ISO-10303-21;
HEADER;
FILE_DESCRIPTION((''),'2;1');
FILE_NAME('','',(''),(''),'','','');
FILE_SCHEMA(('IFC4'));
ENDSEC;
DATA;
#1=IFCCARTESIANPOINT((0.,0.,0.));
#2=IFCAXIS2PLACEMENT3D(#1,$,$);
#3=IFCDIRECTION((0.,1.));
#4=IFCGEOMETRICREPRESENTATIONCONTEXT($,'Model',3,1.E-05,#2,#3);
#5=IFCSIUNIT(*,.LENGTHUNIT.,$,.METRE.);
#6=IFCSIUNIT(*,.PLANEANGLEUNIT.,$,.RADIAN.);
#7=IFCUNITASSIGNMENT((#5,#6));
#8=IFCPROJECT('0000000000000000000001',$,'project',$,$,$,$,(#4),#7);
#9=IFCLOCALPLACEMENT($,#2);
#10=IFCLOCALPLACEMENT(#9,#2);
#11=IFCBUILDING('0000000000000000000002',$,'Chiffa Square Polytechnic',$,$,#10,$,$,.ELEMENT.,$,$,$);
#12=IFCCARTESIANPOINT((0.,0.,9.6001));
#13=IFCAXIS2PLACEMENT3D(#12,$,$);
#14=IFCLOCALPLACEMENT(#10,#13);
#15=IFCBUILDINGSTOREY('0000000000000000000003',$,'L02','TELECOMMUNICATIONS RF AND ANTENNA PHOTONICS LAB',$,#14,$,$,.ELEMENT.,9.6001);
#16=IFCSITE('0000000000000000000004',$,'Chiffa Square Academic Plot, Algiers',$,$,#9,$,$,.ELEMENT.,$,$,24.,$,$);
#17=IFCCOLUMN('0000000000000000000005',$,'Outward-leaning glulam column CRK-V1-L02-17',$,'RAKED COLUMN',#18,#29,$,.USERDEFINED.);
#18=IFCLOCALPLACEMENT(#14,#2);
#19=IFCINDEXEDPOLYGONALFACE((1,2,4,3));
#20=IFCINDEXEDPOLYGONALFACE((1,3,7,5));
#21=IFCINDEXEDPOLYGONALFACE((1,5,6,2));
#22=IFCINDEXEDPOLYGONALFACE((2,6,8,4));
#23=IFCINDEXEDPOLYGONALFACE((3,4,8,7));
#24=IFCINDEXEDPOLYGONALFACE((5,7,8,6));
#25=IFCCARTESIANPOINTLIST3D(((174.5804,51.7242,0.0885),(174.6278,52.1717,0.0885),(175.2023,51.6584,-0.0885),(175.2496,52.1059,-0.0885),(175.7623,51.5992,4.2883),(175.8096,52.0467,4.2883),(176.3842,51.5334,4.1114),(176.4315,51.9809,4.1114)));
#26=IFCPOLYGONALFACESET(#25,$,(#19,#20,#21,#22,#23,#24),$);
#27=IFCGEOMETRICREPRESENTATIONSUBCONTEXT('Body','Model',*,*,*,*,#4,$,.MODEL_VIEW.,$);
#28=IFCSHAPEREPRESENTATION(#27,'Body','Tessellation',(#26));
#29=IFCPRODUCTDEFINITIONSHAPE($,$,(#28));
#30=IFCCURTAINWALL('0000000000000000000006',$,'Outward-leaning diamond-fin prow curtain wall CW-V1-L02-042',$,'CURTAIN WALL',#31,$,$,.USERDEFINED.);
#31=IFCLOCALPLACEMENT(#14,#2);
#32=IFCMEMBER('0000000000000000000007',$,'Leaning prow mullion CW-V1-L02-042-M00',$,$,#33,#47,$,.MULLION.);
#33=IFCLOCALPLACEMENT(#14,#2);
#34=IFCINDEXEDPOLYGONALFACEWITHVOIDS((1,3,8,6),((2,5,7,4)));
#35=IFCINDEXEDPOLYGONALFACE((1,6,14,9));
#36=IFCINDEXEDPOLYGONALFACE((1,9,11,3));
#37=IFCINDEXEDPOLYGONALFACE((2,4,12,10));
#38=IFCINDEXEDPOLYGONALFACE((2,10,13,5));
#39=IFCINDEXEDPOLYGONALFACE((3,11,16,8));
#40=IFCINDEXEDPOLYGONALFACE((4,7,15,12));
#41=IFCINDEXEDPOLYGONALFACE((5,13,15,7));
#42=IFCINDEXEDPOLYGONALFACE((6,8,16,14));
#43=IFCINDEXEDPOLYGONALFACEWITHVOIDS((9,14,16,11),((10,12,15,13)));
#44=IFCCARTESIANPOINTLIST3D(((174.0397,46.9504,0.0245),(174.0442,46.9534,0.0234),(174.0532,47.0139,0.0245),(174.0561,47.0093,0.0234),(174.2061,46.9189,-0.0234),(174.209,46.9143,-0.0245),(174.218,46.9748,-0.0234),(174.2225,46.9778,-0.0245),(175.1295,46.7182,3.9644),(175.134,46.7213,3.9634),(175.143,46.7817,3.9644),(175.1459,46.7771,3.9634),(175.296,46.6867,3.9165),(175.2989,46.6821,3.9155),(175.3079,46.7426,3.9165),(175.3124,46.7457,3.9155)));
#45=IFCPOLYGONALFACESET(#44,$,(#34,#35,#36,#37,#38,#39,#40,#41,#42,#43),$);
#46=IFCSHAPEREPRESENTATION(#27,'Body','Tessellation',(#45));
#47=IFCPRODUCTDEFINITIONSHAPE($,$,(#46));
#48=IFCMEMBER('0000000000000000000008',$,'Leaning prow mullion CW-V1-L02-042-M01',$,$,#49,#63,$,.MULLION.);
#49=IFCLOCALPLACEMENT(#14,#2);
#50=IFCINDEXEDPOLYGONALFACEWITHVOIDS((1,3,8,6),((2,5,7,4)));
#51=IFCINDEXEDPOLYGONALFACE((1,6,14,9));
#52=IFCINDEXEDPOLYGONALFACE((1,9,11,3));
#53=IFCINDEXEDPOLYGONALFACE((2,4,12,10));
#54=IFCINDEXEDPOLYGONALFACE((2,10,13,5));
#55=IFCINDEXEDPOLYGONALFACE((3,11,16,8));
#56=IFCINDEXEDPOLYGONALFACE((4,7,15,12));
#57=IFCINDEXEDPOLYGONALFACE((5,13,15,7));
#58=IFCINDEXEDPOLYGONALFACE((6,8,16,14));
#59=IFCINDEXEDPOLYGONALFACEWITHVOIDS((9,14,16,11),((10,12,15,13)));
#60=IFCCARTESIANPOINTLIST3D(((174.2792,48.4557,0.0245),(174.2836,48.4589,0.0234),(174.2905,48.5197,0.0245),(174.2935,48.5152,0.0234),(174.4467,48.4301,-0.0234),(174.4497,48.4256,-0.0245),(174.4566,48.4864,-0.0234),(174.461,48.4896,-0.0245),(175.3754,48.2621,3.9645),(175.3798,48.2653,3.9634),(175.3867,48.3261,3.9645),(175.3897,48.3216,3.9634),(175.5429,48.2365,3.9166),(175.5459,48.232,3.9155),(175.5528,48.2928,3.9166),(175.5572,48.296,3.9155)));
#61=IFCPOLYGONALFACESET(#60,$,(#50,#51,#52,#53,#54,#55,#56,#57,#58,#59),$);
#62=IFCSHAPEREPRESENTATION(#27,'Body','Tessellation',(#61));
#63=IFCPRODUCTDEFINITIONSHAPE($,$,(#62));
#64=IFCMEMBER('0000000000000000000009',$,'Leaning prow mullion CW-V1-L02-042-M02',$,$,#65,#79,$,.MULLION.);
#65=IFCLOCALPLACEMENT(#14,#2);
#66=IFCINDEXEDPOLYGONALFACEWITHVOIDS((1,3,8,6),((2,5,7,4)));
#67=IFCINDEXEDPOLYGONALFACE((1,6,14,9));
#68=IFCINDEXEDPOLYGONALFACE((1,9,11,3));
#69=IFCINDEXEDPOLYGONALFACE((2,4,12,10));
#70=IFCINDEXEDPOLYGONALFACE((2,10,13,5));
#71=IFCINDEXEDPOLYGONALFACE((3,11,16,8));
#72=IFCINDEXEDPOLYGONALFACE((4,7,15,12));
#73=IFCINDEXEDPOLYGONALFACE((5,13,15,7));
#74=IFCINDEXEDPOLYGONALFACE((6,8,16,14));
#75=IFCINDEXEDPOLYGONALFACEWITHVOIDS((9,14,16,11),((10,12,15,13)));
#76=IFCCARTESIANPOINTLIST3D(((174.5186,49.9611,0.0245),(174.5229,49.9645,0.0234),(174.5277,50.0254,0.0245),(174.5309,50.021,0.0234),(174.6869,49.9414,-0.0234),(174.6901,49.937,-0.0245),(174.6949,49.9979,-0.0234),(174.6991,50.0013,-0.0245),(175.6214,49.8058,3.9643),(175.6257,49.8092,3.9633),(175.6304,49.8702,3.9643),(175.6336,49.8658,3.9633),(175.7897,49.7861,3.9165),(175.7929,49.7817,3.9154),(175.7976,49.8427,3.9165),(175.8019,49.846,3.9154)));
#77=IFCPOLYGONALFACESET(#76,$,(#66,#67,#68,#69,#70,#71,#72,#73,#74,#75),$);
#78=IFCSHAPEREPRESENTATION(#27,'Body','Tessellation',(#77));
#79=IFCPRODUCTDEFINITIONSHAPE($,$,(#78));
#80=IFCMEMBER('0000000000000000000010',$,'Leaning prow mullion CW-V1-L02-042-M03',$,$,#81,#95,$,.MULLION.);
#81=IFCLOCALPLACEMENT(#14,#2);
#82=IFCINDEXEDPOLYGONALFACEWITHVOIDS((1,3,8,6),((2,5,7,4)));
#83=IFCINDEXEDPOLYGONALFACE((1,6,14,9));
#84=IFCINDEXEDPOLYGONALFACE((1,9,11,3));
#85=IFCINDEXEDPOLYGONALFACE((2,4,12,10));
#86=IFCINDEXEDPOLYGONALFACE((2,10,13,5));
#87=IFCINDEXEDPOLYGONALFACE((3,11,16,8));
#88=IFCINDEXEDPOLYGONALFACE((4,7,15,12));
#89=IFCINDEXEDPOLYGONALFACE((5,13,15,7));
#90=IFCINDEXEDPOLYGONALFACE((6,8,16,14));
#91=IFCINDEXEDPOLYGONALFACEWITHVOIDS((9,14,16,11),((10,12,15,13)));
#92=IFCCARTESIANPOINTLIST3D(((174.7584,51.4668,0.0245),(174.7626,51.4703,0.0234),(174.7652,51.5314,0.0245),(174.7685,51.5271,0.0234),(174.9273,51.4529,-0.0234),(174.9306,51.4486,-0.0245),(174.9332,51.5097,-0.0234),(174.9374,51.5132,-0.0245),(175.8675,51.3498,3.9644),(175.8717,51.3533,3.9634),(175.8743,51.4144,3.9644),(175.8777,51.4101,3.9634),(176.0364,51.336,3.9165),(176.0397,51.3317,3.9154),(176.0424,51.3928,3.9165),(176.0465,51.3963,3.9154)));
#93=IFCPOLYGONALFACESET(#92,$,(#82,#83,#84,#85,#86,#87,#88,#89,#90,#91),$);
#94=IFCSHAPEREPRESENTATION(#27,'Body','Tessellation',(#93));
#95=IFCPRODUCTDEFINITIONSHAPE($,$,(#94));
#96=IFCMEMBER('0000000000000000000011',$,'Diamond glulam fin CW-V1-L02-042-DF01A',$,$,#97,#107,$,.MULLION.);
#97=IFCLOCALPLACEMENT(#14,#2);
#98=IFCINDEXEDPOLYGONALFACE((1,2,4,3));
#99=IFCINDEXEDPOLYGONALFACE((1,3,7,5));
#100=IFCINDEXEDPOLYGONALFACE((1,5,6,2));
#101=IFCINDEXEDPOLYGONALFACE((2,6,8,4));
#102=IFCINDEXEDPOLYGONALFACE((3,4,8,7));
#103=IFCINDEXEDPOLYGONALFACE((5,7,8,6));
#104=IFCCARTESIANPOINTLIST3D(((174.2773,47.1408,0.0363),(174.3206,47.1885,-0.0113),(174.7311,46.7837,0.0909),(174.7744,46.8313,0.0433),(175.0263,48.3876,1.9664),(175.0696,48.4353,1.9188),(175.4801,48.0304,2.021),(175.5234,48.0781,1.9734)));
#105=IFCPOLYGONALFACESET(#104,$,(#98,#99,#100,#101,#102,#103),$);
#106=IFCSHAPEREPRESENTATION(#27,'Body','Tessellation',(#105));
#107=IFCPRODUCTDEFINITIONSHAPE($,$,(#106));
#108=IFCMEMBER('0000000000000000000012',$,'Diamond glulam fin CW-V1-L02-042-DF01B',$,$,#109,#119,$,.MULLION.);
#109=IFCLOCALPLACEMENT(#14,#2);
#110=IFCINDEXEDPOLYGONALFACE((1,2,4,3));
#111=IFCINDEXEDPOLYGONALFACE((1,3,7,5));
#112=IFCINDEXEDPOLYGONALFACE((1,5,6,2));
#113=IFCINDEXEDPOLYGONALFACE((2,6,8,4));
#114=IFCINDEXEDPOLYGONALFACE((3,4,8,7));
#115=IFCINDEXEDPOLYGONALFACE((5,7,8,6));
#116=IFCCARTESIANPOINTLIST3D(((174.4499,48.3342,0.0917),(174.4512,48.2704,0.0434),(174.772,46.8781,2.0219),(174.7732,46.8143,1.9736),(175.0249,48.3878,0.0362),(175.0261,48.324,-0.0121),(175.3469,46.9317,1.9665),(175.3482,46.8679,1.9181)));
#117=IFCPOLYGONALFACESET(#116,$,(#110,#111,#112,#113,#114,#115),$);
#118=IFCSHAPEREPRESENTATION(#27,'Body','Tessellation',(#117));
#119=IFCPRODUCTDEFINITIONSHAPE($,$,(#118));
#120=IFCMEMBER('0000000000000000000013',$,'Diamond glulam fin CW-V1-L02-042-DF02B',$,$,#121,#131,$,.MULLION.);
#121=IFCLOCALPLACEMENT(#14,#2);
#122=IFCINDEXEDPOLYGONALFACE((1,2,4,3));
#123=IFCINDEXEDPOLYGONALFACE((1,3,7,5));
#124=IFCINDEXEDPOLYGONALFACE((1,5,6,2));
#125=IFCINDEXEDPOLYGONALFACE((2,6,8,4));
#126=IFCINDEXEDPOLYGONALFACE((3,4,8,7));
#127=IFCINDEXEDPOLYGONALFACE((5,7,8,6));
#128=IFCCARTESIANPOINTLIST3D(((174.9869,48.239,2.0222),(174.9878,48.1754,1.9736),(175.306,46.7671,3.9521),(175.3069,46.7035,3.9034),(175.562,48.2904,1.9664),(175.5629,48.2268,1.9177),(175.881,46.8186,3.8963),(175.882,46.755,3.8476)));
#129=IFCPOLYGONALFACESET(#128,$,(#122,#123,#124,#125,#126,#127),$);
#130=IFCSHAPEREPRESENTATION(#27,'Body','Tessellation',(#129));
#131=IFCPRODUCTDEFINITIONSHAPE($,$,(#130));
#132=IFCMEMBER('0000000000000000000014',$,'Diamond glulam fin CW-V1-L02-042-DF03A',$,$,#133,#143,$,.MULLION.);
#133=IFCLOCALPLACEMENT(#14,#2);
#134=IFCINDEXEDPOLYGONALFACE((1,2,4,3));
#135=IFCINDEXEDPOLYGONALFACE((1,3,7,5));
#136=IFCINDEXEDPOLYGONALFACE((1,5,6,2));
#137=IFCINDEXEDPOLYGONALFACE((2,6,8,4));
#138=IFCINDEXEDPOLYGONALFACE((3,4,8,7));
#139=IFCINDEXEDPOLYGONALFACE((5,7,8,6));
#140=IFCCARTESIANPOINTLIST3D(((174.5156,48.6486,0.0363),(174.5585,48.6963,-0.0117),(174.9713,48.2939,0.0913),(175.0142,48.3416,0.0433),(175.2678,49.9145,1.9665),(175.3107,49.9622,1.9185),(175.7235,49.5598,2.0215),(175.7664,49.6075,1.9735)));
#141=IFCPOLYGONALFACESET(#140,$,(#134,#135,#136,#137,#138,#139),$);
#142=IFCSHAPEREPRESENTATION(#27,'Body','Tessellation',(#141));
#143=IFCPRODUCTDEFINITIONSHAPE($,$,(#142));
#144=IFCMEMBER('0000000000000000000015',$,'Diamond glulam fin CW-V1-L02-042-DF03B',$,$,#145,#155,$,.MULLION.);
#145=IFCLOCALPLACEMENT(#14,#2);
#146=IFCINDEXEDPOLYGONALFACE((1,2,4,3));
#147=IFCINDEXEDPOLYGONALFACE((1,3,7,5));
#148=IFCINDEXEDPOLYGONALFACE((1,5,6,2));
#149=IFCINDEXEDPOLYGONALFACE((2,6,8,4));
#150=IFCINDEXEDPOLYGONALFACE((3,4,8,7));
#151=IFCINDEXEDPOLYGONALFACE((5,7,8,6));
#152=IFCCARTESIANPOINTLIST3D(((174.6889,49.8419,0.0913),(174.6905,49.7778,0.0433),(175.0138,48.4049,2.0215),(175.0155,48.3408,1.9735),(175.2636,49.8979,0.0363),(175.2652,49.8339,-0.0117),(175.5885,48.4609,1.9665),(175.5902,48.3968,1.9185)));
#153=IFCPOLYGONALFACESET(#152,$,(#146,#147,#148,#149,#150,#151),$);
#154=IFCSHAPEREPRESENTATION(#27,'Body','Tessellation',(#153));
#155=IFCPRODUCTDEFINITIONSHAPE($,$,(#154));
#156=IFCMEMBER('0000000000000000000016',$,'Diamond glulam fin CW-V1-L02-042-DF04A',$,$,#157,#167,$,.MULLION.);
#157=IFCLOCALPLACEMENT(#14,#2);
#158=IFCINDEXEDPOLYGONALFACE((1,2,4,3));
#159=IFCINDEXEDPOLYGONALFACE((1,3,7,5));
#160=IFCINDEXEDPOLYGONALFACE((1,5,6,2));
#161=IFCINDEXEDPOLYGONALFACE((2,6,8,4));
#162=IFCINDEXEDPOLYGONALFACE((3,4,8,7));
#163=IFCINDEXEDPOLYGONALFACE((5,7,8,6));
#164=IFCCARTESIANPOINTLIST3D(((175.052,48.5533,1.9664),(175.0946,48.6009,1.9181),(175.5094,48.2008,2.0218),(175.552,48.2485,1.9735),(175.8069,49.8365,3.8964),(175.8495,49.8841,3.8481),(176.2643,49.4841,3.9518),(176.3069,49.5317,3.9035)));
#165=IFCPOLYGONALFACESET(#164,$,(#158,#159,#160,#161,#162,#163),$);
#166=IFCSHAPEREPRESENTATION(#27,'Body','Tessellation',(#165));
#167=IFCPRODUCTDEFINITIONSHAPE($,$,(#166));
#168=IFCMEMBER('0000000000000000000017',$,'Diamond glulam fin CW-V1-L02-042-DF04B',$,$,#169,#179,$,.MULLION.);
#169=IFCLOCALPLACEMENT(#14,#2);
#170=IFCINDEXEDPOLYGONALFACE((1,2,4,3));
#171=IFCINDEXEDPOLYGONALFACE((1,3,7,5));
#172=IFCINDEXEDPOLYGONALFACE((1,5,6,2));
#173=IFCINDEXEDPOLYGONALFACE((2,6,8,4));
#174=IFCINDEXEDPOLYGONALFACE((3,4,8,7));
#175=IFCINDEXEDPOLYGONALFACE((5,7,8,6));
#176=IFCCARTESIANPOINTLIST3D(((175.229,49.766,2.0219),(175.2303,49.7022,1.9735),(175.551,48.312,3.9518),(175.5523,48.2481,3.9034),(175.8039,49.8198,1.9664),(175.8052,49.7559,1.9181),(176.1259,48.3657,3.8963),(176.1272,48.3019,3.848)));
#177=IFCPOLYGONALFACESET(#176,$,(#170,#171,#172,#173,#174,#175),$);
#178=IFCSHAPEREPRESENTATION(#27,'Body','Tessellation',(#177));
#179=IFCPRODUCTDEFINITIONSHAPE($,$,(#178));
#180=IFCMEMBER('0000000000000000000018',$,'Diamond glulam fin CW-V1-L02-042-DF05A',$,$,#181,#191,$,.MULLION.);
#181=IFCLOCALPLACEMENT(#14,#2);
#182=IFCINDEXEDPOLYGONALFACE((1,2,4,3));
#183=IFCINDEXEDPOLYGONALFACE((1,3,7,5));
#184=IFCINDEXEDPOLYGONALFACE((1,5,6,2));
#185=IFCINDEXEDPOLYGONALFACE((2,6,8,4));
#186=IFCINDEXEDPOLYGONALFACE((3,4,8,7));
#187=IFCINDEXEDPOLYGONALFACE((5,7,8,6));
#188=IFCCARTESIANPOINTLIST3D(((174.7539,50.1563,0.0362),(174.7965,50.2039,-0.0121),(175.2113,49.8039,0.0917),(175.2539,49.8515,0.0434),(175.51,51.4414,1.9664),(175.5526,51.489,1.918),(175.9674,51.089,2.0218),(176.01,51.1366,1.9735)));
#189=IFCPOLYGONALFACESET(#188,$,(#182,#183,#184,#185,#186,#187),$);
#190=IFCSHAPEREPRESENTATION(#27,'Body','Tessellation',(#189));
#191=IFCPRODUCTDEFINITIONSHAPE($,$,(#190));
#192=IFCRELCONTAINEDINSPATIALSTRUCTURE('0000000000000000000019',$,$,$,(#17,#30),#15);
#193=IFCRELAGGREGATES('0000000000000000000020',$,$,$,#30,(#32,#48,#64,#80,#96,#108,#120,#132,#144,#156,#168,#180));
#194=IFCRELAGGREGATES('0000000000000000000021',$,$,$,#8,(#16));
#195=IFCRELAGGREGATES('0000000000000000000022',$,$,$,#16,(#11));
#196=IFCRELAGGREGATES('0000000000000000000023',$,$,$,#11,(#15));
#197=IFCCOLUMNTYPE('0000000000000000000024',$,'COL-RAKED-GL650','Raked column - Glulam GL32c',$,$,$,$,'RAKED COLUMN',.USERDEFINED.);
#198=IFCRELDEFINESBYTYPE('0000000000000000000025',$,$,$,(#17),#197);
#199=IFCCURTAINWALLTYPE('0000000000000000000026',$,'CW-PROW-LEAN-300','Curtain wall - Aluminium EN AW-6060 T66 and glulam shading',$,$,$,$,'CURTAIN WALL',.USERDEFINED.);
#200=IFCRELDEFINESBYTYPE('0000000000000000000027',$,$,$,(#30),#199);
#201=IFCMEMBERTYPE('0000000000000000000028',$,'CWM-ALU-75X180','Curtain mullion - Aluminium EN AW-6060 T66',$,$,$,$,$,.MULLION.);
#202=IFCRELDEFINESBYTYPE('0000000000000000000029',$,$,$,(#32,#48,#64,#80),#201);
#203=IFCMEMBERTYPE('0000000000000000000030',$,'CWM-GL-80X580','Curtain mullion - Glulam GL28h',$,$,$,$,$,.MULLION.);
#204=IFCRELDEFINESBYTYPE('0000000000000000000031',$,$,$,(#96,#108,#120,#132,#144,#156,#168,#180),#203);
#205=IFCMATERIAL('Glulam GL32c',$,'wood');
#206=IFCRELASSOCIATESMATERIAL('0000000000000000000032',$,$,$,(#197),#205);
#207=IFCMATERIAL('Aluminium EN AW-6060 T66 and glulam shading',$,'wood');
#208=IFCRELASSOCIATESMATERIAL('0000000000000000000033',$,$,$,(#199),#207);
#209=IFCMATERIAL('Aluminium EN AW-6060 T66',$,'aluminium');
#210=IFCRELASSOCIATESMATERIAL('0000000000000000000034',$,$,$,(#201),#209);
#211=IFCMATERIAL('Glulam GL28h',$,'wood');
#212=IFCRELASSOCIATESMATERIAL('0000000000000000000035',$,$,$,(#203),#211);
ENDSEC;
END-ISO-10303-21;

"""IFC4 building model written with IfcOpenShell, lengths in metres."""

from ifc_helpers import new_model, si_unit, direction, frame, origin, origin_2d, place, context, subcontext, project, spatial, rectangle, hollow_rectangle, extrude, material, material_profile, profile_set, type_object, element, aggregate, save


model = new_model("IFC4")

# Units and contexts
model_context = context("Model", 3, precision=1e-05, world=origin(), true_north=direction((0.0, 1.0)))
body_context = subcontext(model_context, "Body", "Model", "MODEL_VIEW")
ifc_project = project(units=[si_unit("LENGTHUNIT", "METRE"), si_unit("PLANEANGLEUNIT", "RADIAN")], contexts=[model_context])

# Site, building, storey
site_placement = place(None, origin())
site = spatial("IfcSite", under=ifc_project, at=site_placement, Name="Chiffa Square Academic Plot, Algiers", CompositionType="ELEMENT", RefElevation=24.0)
building_placement = place(site_placement, origin())
building = spatial("IfcBuilding", under=site, at=building_placement, Name="Chiffa Square Polytechnic", CompositionType="ELEMENT")
storey_placement = place(building_placement, frame((0.0, 0.0, 9.6001)))
storey = spatial("IfcBuildingStorey", under=building, at=storey_placement, Name="L02", Description="TELECOMMUNICATIONS RF AND ANTENNA PHOTONICS LAB", CompositionType="ELEMENT", Elevation=9.6001)

# Column
ifc_material_1 = material(Name="Glulam GL32c", Category="wood")
ifc_material_profile_1 = material_profile(ifc_material_1, rectangle(XDim=0.45, YDim=0.6499, at=origin_2d()), Name="GL32c 450x650")
ifc_profile_set_1 = profile_set([ifc_material_profile_1], Name="Glulam GL32c")
column_type = type_object("IfcColumnType", Name="COL-RAKED-GL650", Description="Raked column - Glulam GL32c", ElementType="RAKED COLUMN", PredefinedType="USERDEFINED", material=ifc_profile_set_1)
column_placement = place(storey_placement, frame((174.915, 51.915, 0.0), z_axis=(0.270772, -0.028638, 0.962217), x_axis=(0.105177, 0.994454, 0.0)))
element("IfcColumn", 1, at=column_placement, inside=storey, type_object=column_type, Name="Outward-leaning glulam column CRK-V1-L02-17", ObjectType="RAKED COLUMN", PredefinedType="USERDEFINED", context=body_context, shape_type="SweptSolid", body=[
    extrude(rectangle(XDim=0.45, YDim=0.6499, at=origin_2d()), origin(), (0.0, 0.0, 1.0), 4.3647),
])

# Curtain wall, members
ifc_material_2 = material(Name="Aluminium EN AW-6060 T66 and glulam shading", Category="wood")
curtain_wall_type_1 = type_object("IfcCurtainWallType", Name="CW-PROW-LEAN-300", Description="Curtain wall - Aluminium EN AW-6060 T66 and glulam shading", ElementType="CURTAIN WALL", PredefinedType="USERDEFINED", material=ifc_material_2)
curtain_wall_1_placement = place(storey_placement, origin())
curtain_wall_1 = element("IfcCurtainWall", 2, at=curtain_wall_1_placement, inside=storey, type_object=curtain_wall_type_1, Name="Outward-leaning diamond-fin prow curtain wall CW-V1-L02-042", ObjectType="CURTAIN WALL", PredefinedType="USERDEFINED")
ifc_material_3 = material(Name="Aluminium EN AW-6060 T66", Category="aluminium")
ifc_material_profile_2 = material_profile(ifc_material_3, hollow_rectangle(XDim=0.0649, YDim=0.1799, WallThickness=0.0039, at=origin_2d()), Name="ALU 65x180x4")
ifc_profile_set_2 = profile_set([ifc_material_profile_2], Name="Aluminium EN AW-6060 T66")
member_type_1 = type_object("IfcMemberType", Name="CWM-ALU-75X180", Description="Curtain mullion - Aluminium EN AW-6060 T66", PredefinedType="MULLION", material=ifc_profile_set_2)
member_1_placement = place(storey_placement, frame((174.1311, 46.9641, 0.0), z_axis=(0.266174, -0.056705, 0.962256), x_axis=(0.208362, 0.978052, 0.0)))
member_1 = element("IfcMember", 3, at=member_1_placement, type_object=member_type_1, Name="Leaning prow mullion CW-V1-L02-042-M00", PredefinedType="MULLION", context=body_context, shape_type="SweptSolid", body=[
    extrude(hollow_rectangle(XDim=0.0649, YDim=0.1799, WallThickness=0.0039, at=origin_2d()), origin(), (0.0, 0.0, 1.0), 4.0945),
])
member_2_placement = place(storey_placement, frame((174.3701, 48.4727, 0.0), z_axis=(0.267744, -0.047288, 0.962329), x_axis=(0.173923, 0.984759, 0.0)))
member_2 = element("IfcMember", 4, at=member_2_placement, type_object=member_type_1, Name="Leaning prow mullion CW-V1-L02-042-M01", PredefinedType="MULLION", context=body_context, shape_type="SweptSolid", body=[
    extrude(hollow_rectangle(XDim=0.0649, YDim=0.1799, WallThickness=0.0039, at=origin_2d()), origin(), (0.0, 0.0, 1.0), 4.0942),
])
member_3_placement = place(storey_placement, frame((174.6089, 49.9812, 0.0), z_axis=(0.269345, -0.037924, 0.962297), x_axis=(0.139426, 0.990232, 0.0)))
member_3 = element("IfcMember", 5, at=member_3_placement, type_object=member_type_1, Name="Leaning prow mullion CW-V1-L02-042-M02", PredefinedType="MULLION", context=body_context, shape_type="SweptSolid", body=[
    extrude(hollow_rectangle(XDim=0.0649, YDim=0.1799, WallThickness=0.0039, at=origin_2d()), origin(), (0.0, 0.0, 1.0), 4.0942),
])
member_4_placement = place(storey_placement, frame((174.8479, 51.49, 0.0), z_axis=(0.270867, -0.028559, 0.962193), x_axis=(0.104856, 0.994487, 0.0)))
member_4 = element("IfcMember", 6, at=member_4_placement, type_object=member_type_1, Name="Leaning prow mullion CW-V1-L02-042-M03", PredefinedType="MULLION", context=body_context, shape_type="SweptSolid", body=[
    extrude(hollow_rectangle(XDim=0.0649, YDim=0.1799, WallThickness=0.0039, at=origin_2d()), origin(), (0.0, 0.0, 1.0), 4.0947),
])
ifc_material_4 = material(Name="Glulam GL28h", Category="wood")
ifc_material_profile_3 = material_profile(ifc_material_4, rectangle(XDim=0.0801, YDim=0.5801, at=origin_2d()), Name="GL28h 80x580")
ifc_profile_set_3 = profile_set([ifc_material_profile_3], Name="Glulam GL28h")
member_type_2 = type_object("IfcMemberType", Name="CWM-GL-80X580", Description="Curtain mullion - Glulam GL28h", PredefinedType="MULLION", material=ifc_profile_set_3)
member_5_placement = place(storey_placement, frame((174.5259, 46.9861, 0.0398), z_axis=(0.309917, 0.515888, 0.798631), x_axis=(-0.540301, -0.595609, 0.594412)))
member_5 = element("IfcMember", 7, at=member_5_placement, type_object=member_type_2, Name="Diamond glulam fin CW-V1-L02-042-DF01A", PredefinedType="MULLION", context=body_context, shape_type="SweptSolid", body=[
    extrude(rectangle(XDim=0.0801, YDim=0.5801, at=origin_2d()), origin(), (0.0, 0.0, 1.0), 2.4167),
])
member_6_placement = place(storey_placement, frame((174.738, 48.3291, 0.0398), z_axis=(0.132023, -0.596956, 0.791337), x_axis=(-0.016036, 0.796934, 0.603853)))
member_6 = element("IfcMember", 8, at=member_6_placement, type_object=member_type_2, Name="Diamond glulam fin CW-V1-L02-042-DF01B", PredefinedType="MULLION", context=body_context, shape_type="SweptSolid", body=[
    extrude(rectangle(XDim=0.0801, YDim=0.5801, at=origin_2d()), origin(), (0.0, 0.0, 1.0), 2.4392),
])
member_7_placement = place(storey_placement, frame((175.2749, 48.2329, 1.97), z_axis=(0.130345, -0.60126, 0.78835), x_axis=(-0.012084, 0.794111, 0.607652)))
member_7 = element("IfcMember", 9, at=member_7_placement, type_object=member_type_2, Name="Diamond glulam fin CW-V1-L02-042-DF02B", PredefinedType="MULLION", context=body_context, shape_type="SweptSolid", body=[
    extrude(rectangle(XDim=0.0801, YDim=0.5801, at=origin_2d()), origin(), (0.0, 0.0, 1.0), 2.448),
])
member_8_placement = place(storey_placement, frame((174.7649, 48.4951, 0.0398), z_axis=(0.309837, 0.521424, 0.795058), x_axis=(-0.535626, -0.595168, 0.599065)))
member_8 = element("IfcMember", 10, at=member_8_placement, type_object=member_type_2, Name="Diamond glulam fin CW-V1-L02-042-DF03A", PredefinedType="MULLION", context=body_context, shape_type="SweptSolid", body=[
    extrude(rectangle(XDim=0.0801, YDim=0.5801, at=origin_2d()), origin(), (0.0, 0.0, 1.0), 2.4277),
])
member_9_placement = place(storey_placement, frame((174.9771, 49.8379, 0.0398), z_axis=(0.133824, -0.5918, 0.794899), x_axis=(-0.020583, 0.800281, 0.599272)))
member_9 = element("IfcMember", 11, at=member_9_placement, type_object=member_type_2, Name="Diamond glulam fin CW-V1-L02-042-DF03B", PredefinedType="MULLION", context=body_context, shape_type="SweptSolid", body=[
    extrude(rectangle(XDim=0.0801, YDim=0.5801, at=origin_2d()), origin(), (0.0, 0.0, 1.0), 2.4282),
])
member_10_placement = place(storey_placement, frame((175.302, 48.4009, 1.97), z_axis=(0.309704, 0.526456, 0.791788), x_axis=(-0.531366, -0.594733, 0.603277)))
member_10 = element("IfcMember", 12, at=member_10_placement, type_object=member_type_2, Name="Diamond glulam fin CW-V1-L02-042-DF04A", PredefinedType="MULLION", context=body_context, shape_type="SweptSolid", body=[
    extrude(rectangle(XDim=0.0801, YDim=0.5801, at=origin_2d()), origin(), (0.0, 0.0, 1.0), 2.4375),
])
member_11_placement = place(storey_placement, frame((175.5171, 49.761, 1.97), z_axis=(0.132096, -0.596487, 0.791678), x_axis=(-0.016334, 0.797258, 0.603417)))
member_11 = element("IfcMember", 13, at=member_11_placement, type_object=member_type_2, Name="Diamond glulam fin CW-V1-L02-042-DF04B", PredefinedType="MULLION", context=body_context, shape_type="SweptSolid", body=[
    extrude(rectangle(XDim=0.0801, YDim=0.5801, at=origin_2d()), origin(), (0.0, 0.0, 1.0), 2.4377),
])
member_12_placement = place(storey_placement, frame((175.0039, 50.0039, 0.0398), z_axis=(0.310001, 0.526912, 0.791368), x_axis=(-0.53118, -0.594354, 0.603813)))
member_12 = element("IfcMember", 14, at=member_12_placement, type_object=member_type_2, Name="Diamond glulam fin CW-V1-L02-042-DF05A", PredefinedType="MULLION", context=body_context, shape_type="SweptSolid", body=[
    extrude(rectangle(XDim=0.0801, YDim=0.5801, at=origin_2d()), origin(), (0.0, 0.0, 1.0), 2.439),
])

aggregate(curtain_wall_1, [member_1, member_2, member_3, member_4, member_5, member_6, member_7, member_8, member_9, member_10, member_11, member_12])

save(model, "model.ifc")
